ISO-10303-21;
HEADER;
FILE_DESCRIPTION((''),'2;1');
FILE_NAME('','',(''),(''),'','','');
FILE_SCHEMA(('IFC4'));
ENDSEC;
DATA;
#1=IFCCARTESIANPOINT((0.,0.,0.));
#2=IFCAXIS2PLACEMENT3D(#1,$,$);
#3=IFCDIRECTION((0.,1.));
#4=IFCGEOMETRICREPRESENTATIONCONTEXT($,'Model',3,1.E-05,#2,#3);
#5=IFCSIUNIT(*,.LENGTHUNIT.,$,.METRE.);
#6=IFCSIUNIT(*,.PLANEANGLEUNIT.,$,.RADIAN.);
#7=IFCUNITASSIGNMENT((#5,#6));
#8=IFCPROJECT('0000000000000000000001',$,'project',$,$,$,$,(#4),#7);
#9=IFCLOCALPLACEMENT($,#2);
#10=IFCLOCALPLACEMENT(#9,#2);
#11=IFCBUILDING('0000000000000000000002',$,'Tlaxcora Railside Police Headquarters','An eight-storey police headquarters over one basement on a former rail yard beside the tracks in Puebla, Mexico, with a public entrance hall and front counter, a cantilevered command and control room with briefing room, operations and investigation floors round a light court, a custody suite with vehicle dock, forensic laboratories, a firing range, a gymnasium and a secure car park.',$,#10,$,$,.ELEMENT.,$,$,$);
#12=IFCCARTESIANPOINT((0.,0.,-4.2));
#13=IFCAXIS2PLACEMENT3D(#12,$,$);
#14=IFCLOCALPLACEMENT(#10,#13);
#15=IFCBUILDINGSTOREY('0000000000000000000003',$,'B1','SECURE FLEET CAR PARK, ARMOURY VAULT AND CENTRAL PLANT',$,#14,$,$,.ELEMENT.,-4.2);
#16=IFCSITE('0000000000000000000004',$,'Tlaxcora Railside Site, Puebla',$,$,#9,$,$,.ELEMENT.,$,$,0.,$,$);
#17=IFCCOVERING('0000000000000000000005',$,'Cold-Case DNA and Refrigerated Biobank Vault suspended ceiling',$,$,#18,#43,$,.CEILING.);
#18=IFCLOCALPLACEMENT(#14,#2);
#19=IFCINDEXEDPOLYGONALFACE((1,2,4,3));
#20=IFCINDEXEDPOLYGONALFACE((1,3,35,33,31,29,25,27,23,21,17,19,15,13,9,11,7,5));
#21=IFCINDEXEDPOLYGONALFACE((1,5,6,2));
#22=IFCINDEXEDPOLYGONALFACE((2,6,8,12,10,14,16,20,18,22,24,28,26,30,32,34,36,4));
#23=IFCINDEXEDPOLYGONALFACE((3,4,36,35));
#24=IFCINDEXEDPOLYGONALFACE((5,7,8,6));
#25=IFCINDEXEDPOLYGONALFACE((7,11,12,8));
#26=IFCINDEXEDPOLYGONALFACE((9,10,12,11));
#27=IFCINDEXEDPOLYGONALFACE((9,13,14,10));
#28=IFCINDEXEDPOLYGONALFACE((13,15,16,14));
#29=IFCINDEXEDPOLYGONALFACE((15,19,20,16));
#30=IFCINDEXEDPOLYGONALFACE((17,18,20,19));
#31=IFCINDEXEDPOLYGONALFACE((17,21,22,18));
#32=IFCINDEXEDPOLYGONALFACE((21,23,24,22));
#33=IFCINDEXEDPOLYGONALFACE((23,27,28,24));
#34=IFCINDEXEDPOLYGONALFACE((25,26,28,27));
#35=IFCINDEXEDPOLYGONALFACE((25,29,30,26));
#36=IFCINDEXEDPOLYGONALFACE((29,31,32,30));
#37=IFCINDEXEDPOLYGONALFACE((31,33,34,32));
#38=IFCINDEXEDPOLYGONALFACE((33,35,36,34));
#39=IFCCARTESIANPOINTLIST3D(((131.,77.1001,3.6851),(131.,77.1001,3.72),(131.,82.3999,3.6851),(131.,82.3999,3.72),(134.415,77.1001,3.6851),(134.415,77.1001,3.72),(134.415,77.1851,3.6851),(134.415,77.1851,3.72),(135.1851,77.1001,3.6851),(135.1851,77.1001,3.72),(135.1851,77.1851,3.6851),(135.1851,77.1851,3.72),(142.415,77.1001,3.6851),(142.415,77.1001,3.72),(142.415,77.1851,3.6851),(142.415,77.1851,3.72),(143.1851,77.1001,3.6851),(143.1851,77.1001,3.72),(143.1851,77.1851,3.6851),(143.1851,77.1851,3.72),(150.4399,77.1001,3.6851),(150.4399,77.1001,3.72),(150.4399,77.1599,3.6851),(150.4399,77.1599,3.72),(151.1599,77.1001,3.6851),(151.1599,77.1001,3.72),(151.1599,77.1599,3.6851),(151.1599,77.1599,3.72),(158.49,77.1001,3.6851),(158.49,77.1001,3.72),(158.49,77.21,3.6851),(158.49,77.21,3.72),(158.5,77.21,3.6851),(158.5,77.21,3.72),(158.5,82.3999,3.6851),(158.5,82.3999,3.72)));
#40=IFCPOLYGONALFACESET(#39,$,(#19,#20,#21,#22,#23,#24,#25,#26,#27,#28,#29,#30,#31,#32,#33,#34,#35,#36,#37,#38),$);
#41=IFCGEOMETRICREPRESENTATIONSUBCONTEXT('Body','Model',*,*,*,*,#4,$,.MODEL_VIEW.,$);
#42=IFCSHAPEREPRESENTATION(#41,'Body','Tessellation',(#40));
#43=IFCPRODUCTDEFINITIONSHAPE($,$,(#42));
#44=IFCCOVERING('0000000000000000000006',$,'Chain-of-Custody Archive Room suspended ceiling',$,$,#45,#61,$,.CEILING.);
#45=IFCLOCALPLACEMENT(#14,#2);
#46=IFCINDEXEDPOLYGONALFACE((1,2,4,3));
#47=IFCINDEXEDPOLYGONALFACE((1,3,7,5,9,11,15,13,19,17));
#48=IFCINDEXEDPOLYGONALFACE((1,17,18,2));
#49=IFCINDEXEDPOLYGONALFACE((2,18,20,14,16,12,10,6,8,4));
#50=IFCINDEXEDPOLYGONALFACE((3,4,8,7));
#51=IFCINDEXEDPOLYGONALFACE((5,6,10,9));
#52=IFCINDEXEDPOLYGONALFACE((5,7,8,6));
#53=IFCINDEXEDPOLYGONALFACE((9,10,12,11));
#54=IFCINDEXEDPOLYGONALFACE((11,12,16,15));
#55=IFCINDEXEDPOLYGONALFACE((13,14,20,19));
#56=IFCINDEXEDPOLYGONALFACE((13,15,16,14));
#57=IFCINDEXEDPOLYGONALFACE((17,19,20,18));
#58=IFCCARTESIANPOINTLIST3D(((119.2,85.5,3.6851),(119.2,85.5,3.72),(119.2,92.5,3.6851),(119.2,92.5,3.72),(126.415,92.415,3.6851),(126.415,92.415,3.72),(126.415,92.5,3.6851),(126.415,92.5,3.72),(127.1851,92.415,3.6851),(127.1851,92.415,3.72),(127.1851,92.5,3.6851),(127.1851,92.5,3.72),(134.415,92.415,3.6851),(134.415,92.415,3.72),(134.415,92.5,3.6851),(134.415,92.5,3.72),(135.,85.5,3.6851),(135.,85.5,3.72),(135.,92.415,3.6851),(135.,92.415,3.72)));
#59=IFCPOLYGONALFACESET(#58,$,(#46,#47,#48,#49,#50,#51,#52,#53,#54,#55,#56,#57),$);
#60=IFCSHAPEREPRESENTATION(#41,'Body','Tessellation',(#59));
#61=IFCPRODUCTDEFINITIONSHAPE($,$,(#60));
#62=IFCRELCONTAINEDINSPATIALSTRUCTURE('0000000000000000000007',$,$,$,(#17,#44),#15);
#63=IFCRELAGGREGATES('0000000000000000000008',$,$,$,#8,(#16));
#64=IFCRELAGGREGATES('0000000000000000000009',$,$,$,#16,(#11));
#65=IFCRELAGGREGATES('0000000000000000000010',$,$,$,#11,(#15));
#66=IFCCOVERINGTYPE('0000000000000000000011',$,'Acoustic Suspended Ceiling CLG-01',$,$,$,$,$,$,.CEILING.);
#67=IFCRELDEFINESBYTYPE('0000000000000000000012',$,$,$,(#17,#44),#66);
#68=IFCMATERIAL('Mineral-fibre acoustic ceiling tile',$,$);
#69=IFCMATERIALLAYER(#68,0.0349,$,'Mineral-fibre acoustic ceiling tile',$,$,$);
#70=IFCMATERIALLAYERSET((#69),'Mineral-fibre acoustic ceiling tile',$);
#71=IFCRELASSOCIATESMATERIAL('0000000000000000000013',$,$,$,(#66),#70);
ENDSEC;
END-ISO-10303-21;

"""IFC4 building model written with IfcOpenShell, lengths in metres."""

from ifc_helpers import new_model, si_unit, direction, frame, origin, place, context, subcontext, project, spatial, polyline, outline, extrude, material, layer, layer_set, type_object, element, save


model = new_model("IFC4")

# Units and contexts
model_context = context("Model", 3, precision=1e-05, world=origin(), true_north=direction((0.0, 1.0)))
body_context = subcontext(model_context, "Body", "Model", "MODEL_VIEW")
ifc_project = project(units=[si_unit("LENGTHUNIT", "METRE"), si_unit("PLANEANGLEUNIT", "RADIAN")], contexts=[model_context])

# Site, building, storey
site_placement = place(None, origin())
site = spatial("IfcSite", under=ifc_project, at=site_placement, Name="Tlaxcora Railside Site, Puebla", CompositionType="ELEMENT", RefElevation=0.0)
building_placement = place(site_placement, origin())
building = spatial("IfcBuilding", under=site, at=building_placement, Name="Tlaxcora Railside Police Headquarters", Description="An eight-storey police headquarters over one basement on a former rail yard beside the tracks in Puebla, Mexico, with a public entrance hall and front counter, a cantilevered command and control room with briefing room, operations and investigation floors round a light court, a custody suite with vehicle dock, forensic laboratories, a firing range, a gymnasium and a secure car park.", CompositionType="ELEMENT")
storey_placement = place(building_placement, frame((0.0, 0.0, -4.2)))
storey = spatial("IfcBuildingStorey", under=building, at=storey_placement, Name="B1", Description="SECURE FLEET CAR PARK, ARMOURY VAULT AND CENTRAL PLANT", CompositionType="ELEMENT", Elevation=-4.2)

# Coverings
ifc_material_1 = material(Name="Mineral-fibre acoustic ceiling tile")
ifc_layer_1 = layer(ifc_material_1, 0.0349, Name="Mineral-fibre acoustic ceiling tile")
ifc_layer_set_1 = layer_set([ifc_layer_1], Name="Mineral-fibre acoustic ceiling tile")
covering_type = type_object("IfcCoveringType", Name="Acoustic Suspended Ceiling CLG-01", PredefinedType="CEILING", material=ifc_layer_set_1)
covering_1_placement = place(storey_placement, frame((0.0, 0.0, 3.6851)))
element("IfcCovering", 1, at=covering_1_placement, inside=storey, type_object=covering_type, Name="Cold-Case DNA and Refrigerated Biobank Vault suspended ceiling", PredefinedType="CEILING", context=body_context, shape_type="SweptSolid", body=[
    extrude(outline(polyline([(143.1851, 77.1851), (143.1851, 77.1001), (150.4399, 77.1001), (150.4399, 77.1599), (151.1599, 77.1599), (151.1599, 77.1001), (158.49, 77.1001), (158.49, 77.21), (158.5, 77.21), (158.5, 82.3999), (131.0, 82.3999), (131.0, 77.1001), (134.415, 77.1001), (134.415, 77.1851), (135.1851, 77.1851), (135.1851, 77.1001), (142.415, 77.1001), (142.415, 77.1851), (143.1851, 77.1851)])), origin(), (0.0, 0.0, 1.0), 0.0349),
])
covering_2_placement = place(storey_placement, frame((0.0, 0.0, 3.6851)))
element("IfcCovering", 2, at=covering_2_placement, inside=storey, type_object=covering_type, Name="Chain-of-Custody Archive Room suspended ceiling", PredefinedType="CEILING", context=body_context, shape_type="SweptSolid", body=[
    extrude(outline(polyline([(135.0, 85.5), (135.0, 92.415), (134.415, 92.415), (134.415, 92.5), (127.1851, 92.5), (127.1851, 92.415), (126.415, 92.415), (126.415, 92.5), (119.2, 92.5), (119.2, 85.5), (135.0, 85.5)])), origin(), (0.0, 0.0, 1.0), 0.0349),
])

save(model, "model.ifc")
